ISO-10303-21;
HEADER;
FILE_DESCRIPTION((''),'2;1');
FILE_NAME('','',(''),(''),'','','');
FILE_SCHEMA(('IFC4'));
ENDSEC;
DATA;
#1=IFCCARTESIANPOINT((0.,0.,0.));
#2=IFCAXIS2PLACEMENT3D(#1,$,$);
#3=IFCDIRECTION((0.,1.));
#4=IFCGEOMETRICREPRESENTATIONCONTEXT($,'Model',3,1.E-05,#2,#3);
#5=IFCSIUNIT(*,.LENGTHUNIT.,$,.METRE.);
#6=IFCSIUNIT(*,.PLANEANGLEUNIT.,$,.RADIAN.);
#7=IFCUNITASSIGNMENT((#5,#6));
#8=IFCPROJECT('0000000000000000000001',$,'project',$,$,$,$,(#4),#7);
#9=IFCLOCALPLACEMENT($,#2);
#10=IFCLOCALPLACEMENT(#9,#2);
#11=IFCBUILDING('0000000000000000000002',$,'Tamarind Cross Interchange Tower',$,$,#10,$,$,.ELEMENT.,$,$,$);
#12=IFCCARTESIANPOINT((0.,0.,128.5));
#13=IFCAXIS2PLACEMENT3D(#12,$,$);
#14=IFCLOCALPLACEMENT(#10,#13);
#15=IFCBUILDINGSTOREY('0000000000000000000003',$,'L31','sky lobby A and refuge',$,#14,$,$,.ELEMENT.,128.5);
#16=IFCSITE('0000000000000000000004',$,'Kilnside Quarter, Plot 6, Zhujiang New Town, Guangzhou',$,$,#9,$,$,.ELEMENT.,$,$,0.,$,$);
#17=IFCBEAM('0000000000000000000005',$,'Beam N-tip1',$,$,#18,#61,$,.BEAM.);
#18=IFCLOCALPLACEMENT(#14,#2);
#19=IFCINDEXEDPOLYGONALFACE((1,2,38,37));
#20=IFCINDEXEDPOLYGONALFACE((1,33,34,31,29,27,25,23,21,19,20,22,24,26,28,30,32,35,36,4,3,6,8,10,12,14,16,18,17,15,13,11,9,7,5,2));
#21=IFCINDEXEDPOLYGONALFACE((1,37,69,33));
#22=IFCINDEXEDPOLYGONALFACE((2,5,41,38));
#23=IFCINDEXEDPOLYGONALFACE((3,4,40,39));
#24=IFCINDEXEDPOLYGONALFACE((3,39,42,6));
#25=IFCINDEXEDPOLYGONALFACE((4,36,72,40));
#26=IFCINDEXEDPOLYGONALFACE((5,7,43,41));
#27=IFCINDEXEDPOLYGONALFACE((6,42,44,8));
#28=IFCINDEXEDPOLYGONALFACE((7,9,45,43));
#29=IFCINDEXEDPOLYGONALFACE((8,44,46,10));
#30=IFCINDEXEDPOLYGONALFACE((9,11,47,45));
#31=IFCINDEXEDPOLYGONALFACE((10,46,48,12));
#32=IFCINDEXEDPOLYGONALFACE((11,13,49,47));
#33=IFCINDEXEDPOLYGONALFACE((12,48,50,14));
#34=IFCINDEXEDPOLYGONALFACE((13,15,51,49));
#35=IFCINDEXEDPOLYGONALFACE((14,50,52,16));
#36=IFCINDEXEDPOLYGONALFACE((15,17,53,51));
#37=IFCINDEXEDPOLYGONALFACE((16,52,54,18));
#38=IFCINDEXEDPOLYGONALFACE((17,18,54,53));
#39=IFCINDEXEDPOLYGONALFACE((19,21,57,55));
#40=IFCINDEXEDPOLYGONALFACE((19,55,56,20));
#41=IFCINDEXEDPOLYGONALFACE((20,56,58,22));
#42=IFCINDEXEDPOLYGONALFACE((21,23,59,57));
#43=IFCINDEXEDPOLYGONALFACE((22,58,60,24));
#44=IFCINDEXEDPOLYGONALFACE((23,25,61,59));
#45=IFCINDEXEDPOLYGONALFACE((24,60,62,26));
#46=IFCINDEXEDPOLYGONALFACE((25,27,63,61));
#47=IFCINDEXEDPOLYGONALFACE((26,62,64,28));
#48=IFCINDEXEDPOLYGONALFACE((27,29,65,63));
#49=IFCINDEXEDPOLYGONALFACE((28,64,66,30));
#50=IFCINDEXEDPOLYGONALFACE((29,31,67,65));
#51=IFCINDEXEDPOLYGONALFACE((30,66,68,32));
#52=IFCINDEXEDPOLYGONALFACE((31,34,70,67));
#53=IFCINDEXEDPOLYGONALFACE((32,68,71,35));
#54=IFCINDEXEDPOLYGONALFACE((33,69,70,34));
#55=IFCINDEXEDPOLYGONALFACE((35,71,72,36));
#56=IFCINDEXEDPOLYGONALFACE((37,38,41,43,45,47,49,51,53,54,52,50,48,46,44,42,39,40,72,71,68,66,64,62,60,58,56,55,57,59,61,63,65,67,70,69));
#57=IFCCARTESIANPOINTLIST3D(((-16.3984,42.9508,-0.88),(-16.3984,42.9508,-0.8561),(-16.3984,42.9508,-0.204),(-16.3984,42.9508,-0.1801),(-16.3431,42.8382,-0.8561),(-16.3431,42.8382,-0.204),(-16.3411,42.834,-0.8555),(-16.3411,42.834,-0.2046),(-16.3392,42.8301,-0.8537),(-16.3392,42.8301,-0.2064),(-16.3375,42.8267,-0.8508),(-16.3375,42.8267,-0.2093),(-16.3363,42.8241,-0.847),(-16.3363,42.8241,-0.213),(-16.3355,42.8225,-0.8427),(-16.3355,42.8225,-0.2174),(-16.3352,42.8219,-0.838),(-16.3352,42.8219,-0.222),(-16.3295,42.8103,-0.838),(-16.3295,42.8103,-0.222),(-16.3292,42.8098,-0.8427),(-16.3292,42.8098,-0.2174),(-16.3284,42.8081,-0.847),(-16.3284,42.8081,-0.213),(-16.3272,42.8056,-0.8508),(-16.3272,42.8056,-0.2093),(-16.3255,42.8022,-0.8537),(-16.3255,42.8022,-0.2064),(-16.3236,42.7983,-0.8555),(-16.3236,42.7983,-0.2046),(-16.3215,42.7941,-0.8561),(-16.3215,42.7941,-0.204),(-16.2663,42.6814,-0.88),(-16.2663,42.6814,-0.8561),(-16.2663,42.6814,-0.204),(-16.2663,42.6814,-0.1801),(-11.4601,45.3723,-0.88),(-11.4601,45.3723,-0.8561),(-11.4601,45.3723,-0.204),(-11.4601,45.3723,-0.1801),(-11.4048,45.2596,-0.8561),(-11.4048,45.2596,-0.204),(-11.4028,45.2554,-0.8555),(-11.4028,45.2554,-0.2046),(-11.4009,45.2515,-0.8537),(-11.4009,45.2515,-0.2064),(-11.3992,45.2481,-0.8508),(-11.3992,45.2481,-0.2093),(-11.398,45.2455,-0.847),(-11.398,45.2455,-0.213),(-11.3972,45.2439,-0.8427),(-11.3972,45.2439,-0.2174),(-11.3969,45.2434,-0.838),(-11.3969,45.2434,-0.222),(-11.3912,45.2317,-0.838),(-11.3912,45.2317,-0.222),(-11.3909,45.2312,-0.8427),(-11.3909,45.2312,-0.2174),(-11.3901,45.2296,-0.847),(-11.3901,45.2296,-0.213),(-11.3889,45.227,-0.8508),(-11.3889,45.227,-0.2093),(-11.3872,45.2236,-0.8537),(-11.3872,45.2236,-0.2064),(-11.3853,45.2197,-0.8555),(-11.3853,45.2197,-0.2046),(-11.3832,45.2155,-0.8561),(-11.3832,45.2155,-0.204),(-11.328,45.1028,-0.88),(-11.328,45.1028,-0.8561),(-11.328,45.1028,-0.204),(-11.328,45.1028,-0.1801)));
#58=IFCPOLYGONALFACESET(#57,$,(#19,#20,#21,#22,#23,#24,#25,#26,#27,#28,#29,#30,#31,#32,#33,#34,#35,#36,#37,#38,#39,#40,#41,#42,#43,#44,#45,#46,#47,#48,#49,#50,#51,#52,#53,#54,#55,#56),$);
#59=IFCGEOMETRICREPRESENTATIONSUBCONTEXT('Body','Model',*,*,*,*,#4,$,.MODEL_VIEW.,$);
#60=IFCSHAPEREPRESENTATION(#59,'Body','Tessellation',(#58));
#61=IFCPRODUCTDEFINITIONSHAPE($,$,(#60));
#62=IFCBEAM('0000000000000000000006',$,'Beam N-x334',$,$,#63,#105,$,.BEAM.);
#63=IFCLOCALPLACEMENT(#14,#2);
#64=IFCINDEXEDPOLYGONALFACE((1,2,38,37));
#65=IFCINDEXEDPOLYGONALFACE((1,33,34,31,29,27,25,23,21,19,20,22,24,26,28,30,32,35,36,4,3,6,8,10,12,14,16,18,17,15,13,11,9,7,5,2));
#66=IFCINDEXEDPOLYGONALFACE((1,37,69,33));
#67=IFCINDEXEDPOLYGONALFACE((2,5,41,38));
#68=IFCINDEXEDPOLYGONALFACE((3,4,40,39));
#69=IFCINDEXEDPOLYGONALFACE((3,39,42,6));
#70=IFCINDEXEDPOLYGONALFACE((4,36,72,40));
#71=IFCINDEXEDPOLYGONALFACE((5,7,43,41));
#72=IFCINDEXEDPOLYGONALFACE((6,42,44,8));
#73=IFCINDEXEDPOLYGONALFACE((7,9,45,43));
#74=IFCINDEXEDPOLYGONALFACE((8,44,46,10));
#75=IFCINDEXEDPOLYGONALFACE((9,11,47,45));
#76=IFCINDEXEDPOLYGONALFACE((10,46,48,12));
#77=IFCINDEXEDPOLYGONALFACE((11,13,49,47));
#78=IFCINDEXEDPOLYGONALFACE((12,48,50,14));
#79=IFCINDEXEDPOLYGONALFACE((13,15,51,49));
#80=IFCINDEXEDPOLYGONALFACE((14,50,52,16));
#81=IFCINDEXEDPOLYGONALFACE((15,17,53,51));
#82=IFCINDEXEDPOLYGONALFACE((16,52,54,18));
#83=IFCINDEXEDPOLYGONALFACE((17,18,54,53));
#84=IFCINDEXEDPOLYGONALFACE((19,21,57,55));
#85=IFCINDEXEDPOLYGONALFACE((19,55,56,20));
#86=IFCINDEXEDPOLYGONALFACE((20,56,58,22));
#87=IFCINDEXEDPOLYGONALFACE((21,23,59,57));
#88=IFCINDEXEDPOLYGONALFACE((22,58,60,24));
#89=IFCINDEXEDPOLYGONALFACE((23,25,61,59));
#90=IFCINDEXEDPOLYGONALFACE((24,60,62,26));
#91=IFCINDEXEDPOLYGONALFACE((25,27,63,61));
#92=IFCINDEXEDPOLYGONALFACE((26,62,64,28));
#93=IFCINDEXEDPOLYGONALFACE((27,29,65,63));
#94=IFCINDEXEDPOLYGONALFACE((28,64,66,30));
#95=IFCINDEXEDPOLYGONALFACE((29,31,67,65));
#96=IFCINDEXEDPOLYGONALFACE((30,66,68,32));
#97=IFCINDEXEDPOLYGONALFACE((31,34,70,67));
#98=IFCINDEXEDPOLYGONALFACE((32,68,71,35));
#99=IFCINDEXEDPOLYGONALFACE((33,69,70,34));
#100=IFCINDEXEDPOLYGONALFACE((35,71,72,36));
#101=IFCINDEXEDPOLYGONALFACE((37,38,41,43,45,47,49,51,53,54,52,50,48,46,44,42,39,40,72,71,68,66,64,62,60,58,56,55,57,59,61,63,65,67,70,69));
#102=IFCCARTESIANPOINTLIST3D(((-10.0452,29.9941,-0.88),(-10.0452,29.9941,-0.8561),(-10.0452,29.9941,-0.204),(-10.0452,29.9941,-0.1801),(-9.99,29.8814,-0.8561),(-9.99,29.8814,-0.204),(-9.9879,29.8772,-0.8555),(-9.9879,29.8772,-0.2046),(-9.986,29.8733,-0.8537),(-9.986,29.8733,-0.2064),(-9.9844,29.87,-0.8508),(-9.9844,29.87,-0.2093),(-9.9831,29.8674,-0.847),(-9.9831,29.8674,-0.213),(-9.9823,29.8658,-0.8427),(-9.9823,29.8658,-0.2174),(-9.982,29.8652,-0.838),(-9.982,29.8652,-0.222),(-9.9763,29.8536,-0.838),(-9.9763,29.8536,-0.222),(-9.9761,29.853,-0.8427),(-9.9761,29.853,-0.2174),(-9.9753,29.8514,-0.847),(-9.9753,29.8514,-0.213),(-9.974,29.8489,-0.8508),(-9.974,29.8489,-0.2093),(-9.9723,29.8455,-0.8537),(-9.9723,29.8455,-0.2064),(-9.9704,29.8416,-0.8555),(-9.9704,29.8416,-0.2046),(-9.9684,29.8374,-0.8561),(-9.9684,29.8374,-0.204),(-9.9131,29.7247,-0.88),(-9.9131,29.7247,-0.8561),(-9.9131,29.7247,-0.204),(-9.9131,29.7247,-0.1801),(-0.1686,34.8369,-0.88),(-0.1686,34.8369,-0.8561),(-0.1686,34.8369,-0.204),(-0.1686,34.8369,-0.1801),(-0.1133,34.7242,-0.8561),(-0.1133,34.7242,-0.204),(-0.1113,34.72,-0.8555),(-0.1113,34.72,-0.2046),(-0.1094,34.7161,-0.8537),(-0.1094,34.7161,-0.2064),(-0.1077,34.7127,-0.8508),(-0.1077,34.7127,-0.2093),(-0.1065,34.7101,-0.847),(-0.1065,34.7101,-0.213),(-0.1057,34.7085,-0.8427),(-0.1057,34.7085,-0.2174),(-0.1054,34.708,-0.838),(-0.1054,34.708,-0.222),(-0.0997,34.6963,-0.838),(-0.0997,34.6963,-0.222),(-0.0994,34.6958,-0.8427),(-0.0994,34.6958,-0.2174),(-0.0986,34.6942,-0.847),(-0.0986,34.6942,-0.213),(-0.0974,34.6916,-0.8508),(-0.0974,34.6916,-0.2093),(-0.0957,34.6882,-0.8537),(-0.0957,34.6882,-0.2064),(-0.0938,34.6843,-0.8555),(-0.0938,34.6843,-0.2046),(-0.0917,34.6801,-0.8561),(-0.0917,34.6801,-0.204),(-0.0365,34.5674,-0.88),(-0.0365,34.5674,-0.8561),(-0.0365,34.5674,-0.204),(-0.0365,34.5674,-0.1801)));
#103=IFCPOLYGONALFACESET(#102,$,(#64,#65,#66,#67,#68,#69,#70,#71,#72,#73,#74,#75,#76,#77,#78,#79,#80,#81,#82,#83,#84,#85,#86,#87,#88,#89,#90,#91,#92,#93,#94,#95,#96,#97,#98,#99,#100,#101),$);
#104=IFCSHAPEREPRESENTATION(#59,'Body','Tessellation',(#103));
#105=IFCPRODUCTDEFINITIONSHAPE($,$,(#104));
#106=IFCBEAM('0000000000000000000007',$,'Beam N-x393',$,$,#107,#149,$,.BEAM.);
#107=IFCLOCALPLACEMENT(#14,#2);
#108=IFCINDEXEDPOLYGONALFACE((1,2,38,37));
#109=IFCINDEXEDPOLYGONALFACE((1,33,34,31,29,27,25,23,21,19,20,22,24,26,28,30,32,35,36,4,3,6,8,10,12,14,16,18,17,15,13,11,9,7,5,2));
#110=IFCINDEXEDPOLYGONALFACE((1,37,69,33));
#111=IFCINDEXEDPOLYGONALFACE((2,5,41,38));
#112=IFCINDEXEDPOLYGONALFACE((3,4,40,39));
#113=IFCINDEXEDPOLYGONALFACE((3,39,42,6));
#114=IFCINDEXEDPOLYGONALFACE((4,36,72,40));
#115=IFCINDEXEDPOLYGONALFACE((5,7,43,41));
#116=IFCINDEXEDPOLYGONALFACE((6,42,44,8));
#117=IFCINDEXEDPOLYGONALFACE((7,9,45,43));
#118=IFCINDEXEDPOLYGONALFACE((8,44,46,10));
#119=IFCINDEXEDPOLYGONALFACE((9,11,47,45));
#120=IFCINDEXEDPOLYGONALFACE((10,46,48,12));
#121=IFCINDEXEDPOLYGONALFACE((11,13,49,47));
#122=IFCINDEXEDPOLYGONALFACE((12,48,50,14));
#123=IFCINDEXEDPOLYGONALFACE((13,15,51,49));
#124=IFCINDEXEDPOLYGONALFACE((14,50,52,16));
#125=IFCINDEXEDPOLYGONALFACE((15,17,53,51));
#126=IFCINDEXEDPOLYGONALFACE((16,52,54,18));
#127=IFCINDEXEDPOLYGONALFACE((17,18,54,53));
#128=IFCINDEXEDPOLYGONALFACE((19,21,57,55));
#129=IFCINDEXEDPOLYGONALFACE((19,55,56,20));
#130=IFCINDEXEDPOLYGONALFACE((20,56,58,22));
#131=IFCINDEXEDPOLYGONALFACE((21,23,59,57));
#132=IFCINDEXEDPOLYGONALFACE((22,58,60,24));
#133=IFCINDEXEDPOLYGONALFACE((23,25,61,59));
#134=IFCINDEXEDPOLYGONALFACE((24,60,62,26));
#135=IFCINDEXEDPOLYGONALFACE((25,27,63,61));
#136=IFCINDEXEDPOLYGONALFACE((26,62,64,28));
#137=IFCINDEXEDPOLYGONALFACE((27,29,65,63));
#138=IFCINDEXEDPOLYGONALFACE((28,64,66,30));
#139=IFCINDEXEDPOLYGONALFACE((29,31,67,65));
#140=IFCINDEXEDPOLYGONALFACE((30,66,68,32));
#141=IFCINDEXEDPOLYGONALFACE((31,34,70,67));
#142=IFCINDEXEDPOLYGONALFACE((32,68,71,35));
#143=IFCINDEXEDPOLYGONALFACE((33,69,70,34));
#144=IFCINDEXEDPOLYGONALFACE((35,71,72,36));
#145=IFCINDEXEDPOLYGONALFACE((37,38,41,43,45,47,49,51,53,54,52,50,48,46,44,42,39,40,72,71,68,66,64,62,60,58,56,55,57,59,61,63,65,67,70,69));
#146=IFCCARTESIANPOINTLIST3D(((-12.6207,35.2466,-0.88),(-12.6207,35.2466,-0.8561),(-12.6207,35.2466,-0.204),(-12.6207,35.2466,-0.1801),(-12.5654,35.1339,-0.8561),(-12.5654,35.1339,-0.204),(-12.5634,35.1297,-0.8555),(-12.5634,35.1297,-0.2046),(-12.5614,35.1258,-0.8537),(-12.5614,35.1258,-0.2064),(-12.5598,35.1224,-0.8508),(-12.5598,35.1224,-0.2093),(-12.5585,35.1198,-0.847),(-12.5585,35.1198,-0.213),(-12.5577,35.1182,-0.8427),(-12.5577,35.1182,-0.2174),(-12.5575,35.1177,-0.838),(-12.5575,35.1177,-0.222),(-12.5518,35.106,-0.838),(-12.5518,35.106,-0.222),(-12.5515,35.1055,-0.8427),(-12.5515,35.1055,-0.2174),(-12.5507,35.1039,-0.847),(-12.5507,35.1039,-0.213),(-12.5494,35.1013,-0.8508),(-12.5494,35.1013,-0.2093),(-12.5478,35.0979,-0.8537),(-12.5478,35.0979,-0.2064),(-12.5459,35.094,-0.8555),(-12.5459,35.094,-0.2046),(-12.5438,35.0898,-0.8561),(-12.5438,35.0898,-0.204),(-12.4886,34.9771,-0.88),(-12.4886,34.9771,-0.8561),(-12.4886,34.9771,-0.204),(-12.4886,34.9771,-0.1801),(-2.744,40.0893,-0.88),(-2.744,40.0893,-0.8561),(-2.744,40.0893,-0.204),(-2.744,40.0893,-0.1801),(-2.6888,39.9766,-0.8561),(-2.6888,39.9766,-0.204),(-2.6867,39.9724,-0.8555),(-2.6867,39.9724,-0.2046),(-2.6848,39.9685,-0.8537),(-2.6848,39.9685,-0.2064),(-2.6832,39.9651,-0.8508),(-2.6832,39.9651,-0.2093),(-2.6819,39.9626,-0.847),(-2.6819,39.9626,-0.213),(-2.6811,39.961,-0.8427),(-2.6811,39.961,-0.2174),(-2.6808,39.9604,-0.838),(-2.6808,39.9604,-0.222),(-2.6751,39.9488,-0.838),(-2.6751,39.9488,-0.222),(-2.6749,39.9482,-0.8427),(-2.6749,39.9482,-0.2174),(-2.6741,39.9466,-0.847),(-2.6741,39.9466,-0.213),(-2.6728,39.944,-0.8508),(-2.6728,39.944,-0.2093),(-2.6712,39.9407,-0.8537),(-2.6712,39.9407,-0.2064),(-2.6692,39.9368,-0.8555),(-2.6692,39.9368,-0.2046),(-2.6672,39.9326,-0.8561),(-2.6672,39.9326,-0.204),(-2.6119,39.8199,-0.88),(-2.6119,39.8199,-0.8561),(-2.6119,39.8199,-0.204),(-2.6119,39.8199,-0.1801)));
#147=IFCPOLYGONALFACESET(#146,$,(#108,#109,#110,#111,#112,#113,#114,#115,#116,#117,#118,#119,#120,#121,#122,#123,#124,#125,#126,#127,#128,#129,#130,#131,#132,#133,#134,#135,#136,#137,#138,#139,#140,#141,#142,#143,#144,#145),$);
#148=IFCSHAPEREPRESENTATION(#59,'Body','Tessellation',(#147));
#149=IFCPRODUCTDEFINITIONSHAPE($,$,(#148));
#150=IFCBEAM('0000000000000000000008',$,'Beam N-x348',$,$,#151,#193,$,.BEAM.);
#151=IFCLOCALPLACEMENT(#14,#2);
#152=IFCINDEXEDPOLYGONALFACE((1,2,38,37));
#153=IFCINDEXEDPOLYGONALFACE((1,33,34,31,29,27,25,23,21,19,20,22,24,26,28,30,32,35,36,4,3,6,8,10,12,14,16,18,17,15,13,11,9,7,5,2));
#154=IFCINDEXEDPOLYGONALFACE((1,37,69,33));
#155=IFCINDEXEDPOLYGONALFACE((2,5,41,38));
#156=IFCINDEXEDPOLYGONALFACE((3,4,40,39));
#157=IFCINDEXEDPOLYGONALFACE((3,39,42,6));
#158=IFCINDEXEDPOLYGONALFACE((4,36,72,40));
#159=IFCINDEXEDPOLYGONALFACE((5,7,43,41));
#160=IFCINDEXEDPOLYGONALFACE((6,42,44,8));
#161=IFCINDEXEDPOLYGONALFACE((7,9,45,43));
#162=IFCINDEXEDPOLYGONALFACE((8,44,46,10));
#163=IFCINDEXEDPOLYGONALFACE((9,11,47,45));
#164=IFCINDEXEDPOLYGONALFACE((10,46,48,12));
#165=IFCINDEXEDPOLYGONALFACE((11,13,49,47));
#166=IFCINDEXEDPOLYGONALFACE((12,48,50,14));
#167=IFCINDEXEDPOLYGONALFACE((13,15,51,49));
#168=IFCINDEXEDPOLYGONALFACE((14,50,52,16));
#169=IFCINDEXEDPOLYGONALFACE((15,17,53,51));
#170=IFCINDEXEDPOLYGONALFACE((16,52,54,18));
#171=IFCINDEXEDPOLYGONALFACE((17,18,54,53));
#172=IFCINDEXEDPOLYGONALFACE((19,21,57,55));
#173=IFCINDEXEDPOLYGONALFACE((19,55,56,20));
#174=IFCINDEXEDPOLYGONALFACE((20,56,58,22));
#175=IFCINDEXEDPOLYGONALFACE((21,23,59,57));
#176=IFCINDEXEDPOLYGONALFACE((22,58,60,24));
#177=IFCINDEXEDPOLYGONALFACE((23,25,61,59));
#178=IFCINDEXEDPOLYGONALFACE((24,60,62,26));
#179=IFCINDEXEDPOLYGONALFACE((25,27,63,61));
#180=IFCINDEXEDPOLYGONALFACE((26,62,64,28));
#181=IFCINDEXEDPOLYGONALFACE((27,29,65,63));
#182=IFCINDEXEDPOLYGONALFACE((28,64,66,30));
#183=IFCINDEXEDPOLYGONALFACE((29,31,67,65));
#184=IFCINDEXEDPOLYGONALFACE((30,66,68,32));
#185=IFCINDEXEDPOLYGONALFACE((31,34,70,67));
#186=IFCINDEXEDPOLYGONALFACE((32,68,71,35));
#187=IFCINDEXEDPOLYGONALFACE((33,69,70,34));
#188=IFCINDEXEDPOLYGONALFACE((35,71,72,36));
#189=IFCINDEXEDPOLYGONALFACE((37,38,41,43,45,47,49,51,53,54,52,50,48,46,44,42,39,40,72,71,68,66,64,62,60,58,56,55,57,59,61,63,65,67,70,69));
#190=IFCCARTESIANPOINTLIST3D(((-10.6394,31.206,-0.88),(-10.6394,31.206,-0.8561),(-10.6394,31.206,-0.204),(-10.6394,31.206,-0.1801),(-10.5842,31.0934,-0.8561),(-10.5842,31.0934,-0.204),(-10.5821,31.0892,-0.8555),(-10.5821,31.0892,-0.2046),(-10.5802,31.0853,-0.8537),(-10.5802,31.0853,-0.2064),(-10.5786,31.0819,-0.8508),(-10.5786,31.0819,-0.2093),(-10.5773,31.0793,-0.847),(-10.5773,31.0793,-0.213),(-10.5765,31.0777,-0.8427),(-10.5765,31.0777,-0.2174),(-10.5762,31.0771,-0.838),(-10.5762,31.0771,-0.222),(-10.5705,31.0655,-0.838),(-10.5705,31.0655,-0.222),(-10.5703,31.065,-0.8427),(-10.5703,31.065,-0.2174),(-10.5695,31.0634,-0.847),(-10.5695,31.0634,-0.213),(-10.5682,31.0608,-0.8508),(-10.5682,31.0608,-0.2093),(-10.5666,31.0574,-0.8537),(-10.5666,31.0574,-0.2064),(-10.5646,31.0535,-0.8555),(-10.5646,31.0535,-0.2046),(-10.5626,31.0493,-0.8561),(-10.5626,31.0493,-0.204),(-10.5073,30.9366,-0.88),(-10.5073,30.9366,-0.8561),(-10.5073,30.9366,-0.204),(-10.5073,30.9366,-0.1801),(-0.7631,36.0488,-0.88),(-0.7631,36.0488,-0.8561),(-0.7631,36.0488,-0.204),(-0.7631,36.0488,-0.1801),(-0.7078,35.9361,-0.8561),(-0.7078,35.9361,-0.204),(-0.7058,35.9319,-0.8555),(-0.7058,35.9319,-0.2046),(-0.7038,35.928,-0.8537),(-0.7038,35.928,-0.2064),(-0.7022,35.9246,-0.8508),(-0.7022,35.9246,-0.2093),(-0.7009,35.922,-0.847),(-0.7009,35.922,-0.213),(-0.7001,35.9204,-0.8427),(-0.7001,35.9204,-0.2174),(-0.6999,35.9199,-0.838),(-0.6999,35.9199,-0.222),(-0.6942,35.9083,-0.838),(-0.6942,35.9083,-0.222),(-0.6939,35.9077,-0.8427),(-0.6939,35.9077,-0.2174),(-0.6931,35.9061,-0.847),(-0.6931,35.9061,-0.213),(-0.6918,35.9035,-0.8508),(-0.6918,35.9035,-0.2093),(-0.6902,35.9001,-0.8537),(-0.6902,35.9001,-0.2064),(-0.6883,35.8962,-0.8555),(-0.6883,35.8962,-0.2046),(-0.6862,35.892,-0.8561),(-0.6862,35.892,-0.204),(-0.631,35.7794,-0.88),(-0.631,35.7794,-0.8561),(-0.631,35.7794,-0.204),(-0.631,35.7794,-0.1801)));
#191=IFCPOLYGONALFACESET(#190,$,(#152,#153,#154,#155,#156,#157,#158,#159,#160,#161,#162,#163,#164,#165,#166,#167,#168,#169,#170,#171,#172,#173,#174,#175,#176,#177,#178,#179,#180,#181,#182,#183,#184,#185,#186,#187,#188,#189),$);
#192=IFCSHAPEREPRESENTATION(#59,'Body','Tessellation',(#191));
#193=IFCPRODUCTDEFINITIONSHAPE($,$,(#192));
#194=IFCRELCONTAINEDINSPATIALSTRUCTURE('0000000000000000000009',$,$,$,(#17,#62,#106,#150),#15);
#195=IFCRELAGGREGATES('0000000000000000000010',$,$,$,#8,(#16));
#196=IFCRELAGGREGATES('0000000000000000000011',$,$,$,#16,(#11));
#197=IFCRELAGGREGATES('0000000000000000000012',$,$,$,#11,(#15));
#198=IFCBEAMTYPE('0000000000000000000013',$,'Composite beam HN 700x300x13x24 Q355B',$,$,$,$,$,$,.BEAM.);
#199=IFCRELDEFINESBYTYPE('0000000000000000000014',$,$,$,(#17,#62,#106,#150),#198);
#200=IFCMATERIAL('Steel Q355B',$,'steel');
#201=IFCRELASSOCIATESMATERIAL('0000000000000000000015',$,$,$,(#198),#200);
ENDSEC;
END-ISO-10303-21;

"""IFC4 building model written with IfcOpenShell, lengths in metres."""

from ifc_helpers import new_model, si_unit, direction, frame, origin, origin_2d, place, context, subcontext, project, spatial, i_section, extrude, material, material_profile, profile_set, type_object, element, save


model = new_model("IFC4")

# Units and contexts
model_context = context("Model", 3, precision=1e-05, world=origin(), true_north=direction((0.0, 1.0)))
body_context = subcontext(model_context, "Body", "Model", "MODEL_VIEW")
ifc_project = project(units=[si_unit("LENGTHUNIT", "METRE"), si_unit("PLANEANGLEUNIT", "RADIAN")], contexts=[model_context])

# Site, building, storey
site_placement = place(None, origin())
site = spatial("IfcSite", under=ifc_project, at=site_placement, Name="Kilnside Quarter, Plot 6, Zhujiang New Town, Guangzhou", CompositionType="ELEMENT", RefElevation=0.0)
building_placement = place(site_placement, origin())
building = spatial("IfcBuilding", under=site, at=building_placement, Name="Tamarind Cross Interchange Tower", CompositionType="ELEMENT")
storey_placement = place(building_placement, frame((0.0, 0.0, 128.5)))
storey = spatial("IfcBuildingStorey", under=building, at=storey_placement, Name="L31", Description="sky lobby A and refuge", CompositionType="ELEMENT", Elevation=128.5)

# Beams
ifc_material_1 = material(Name="Steel Q355B", Category="steel")
ifc_material_profile_1 = material_profile(ifc_material_1, i_section(OverallWidth=0.3, OverallDepth=0.7, WebThickness=0.0129, FlangeThickness=0.0239, FilletRadius=0.0181, at=origin_2d()), Name="HN 700x300x13x24")
ifc_profile_set_1 = profile_set([ifc_material_profile_1], Name="Steel Q355B")
beam_type_1 = type_object("IfcBeamType", Name="Composite beam HN 700x300x13x24 Q355B", PredefinedType="BEAM", material=ifc_profile_set_1)
beam_1_placement = place(storey_placement, frame((-11.394, 45.2375, -0.53), z_axis=(-0.897872, -0.440258, 0.0), x_axis=(0.440258, -0.897872, 0.0)))
element("IfcBeam", 1, at=beam_1_placement, inside=storey, type_object=beam_type_1, Name="Beam N-tip1", PredefinedType="BEAM", context=body_context, shape_type="SweptSolid", body=[
    extrude(i_section(OverallWidth=0.3, OverallDepth=0.7, WebThickness=0.0129, FlangeThickness=0.0239, FilletRadius=0.0181, at=origin_2d()), origin(), (0.0, 0.0, 1.0), 5.5),
])
for number, where, z_axis, x_axis, name in (
    (2, (-0.1025, 34.7021, -0.53), (-0.897876, -0.440249, 0.0), (0.440249, -0.897876, 0.0), "Beam N-x334"),
    (3, (-2.678, 39.9546, -0.53), (-0.897876, -0.440249, 0.0), (0.440249, -0.897876, 0.0), "Beam N-x393"),
):
    element("IfcBeam", number, at=place(storey_placement, frame(where, z_axis=z_axis, x_axis=x_axis)), inside=storey, type_object=beam_type_1, Name=name, PredefinedType="BEAM", context=body_context, shape_type="SweptSolid", body=[
        extrude(i_section(OverallWidth=0.3, OverallDepth=0.7, WebThickness=0.0129, FlangeThickness=0.0239, FilletRadius=0.0181, at=origin_2d()), origin(), (0.0, 0.0, 1.0), 11.0),
    ])
for number, where, z_axis, x_axis, name in (
    (4, (-0.697, 35.9141, -0.53), (-0.897872, -0.440258, 0.0), (0.440258, -0.897872, 0.0), "Beam N-x348"),
):
    element("IfcBeam", number, at=place(storey_placement, frame(where, z_axis=z_axis, x_axis=x_axis)), inside=storey, type_object=beam_type_1, Name=name, PredefinedType="BEAM", context=body_context, shape_type="SweptSolid", body=[
        extrude(i_section(OverallWidth=0.3, OverallDepth=0.7, WebThickness=0.0129, FlangeThickness=0.0239, FilletRadius=0.0181, at=origin_2d()), origin(), (0.0, 0.0, 1.0), 10.9998),
    ])

save(model, "model.ifc")
